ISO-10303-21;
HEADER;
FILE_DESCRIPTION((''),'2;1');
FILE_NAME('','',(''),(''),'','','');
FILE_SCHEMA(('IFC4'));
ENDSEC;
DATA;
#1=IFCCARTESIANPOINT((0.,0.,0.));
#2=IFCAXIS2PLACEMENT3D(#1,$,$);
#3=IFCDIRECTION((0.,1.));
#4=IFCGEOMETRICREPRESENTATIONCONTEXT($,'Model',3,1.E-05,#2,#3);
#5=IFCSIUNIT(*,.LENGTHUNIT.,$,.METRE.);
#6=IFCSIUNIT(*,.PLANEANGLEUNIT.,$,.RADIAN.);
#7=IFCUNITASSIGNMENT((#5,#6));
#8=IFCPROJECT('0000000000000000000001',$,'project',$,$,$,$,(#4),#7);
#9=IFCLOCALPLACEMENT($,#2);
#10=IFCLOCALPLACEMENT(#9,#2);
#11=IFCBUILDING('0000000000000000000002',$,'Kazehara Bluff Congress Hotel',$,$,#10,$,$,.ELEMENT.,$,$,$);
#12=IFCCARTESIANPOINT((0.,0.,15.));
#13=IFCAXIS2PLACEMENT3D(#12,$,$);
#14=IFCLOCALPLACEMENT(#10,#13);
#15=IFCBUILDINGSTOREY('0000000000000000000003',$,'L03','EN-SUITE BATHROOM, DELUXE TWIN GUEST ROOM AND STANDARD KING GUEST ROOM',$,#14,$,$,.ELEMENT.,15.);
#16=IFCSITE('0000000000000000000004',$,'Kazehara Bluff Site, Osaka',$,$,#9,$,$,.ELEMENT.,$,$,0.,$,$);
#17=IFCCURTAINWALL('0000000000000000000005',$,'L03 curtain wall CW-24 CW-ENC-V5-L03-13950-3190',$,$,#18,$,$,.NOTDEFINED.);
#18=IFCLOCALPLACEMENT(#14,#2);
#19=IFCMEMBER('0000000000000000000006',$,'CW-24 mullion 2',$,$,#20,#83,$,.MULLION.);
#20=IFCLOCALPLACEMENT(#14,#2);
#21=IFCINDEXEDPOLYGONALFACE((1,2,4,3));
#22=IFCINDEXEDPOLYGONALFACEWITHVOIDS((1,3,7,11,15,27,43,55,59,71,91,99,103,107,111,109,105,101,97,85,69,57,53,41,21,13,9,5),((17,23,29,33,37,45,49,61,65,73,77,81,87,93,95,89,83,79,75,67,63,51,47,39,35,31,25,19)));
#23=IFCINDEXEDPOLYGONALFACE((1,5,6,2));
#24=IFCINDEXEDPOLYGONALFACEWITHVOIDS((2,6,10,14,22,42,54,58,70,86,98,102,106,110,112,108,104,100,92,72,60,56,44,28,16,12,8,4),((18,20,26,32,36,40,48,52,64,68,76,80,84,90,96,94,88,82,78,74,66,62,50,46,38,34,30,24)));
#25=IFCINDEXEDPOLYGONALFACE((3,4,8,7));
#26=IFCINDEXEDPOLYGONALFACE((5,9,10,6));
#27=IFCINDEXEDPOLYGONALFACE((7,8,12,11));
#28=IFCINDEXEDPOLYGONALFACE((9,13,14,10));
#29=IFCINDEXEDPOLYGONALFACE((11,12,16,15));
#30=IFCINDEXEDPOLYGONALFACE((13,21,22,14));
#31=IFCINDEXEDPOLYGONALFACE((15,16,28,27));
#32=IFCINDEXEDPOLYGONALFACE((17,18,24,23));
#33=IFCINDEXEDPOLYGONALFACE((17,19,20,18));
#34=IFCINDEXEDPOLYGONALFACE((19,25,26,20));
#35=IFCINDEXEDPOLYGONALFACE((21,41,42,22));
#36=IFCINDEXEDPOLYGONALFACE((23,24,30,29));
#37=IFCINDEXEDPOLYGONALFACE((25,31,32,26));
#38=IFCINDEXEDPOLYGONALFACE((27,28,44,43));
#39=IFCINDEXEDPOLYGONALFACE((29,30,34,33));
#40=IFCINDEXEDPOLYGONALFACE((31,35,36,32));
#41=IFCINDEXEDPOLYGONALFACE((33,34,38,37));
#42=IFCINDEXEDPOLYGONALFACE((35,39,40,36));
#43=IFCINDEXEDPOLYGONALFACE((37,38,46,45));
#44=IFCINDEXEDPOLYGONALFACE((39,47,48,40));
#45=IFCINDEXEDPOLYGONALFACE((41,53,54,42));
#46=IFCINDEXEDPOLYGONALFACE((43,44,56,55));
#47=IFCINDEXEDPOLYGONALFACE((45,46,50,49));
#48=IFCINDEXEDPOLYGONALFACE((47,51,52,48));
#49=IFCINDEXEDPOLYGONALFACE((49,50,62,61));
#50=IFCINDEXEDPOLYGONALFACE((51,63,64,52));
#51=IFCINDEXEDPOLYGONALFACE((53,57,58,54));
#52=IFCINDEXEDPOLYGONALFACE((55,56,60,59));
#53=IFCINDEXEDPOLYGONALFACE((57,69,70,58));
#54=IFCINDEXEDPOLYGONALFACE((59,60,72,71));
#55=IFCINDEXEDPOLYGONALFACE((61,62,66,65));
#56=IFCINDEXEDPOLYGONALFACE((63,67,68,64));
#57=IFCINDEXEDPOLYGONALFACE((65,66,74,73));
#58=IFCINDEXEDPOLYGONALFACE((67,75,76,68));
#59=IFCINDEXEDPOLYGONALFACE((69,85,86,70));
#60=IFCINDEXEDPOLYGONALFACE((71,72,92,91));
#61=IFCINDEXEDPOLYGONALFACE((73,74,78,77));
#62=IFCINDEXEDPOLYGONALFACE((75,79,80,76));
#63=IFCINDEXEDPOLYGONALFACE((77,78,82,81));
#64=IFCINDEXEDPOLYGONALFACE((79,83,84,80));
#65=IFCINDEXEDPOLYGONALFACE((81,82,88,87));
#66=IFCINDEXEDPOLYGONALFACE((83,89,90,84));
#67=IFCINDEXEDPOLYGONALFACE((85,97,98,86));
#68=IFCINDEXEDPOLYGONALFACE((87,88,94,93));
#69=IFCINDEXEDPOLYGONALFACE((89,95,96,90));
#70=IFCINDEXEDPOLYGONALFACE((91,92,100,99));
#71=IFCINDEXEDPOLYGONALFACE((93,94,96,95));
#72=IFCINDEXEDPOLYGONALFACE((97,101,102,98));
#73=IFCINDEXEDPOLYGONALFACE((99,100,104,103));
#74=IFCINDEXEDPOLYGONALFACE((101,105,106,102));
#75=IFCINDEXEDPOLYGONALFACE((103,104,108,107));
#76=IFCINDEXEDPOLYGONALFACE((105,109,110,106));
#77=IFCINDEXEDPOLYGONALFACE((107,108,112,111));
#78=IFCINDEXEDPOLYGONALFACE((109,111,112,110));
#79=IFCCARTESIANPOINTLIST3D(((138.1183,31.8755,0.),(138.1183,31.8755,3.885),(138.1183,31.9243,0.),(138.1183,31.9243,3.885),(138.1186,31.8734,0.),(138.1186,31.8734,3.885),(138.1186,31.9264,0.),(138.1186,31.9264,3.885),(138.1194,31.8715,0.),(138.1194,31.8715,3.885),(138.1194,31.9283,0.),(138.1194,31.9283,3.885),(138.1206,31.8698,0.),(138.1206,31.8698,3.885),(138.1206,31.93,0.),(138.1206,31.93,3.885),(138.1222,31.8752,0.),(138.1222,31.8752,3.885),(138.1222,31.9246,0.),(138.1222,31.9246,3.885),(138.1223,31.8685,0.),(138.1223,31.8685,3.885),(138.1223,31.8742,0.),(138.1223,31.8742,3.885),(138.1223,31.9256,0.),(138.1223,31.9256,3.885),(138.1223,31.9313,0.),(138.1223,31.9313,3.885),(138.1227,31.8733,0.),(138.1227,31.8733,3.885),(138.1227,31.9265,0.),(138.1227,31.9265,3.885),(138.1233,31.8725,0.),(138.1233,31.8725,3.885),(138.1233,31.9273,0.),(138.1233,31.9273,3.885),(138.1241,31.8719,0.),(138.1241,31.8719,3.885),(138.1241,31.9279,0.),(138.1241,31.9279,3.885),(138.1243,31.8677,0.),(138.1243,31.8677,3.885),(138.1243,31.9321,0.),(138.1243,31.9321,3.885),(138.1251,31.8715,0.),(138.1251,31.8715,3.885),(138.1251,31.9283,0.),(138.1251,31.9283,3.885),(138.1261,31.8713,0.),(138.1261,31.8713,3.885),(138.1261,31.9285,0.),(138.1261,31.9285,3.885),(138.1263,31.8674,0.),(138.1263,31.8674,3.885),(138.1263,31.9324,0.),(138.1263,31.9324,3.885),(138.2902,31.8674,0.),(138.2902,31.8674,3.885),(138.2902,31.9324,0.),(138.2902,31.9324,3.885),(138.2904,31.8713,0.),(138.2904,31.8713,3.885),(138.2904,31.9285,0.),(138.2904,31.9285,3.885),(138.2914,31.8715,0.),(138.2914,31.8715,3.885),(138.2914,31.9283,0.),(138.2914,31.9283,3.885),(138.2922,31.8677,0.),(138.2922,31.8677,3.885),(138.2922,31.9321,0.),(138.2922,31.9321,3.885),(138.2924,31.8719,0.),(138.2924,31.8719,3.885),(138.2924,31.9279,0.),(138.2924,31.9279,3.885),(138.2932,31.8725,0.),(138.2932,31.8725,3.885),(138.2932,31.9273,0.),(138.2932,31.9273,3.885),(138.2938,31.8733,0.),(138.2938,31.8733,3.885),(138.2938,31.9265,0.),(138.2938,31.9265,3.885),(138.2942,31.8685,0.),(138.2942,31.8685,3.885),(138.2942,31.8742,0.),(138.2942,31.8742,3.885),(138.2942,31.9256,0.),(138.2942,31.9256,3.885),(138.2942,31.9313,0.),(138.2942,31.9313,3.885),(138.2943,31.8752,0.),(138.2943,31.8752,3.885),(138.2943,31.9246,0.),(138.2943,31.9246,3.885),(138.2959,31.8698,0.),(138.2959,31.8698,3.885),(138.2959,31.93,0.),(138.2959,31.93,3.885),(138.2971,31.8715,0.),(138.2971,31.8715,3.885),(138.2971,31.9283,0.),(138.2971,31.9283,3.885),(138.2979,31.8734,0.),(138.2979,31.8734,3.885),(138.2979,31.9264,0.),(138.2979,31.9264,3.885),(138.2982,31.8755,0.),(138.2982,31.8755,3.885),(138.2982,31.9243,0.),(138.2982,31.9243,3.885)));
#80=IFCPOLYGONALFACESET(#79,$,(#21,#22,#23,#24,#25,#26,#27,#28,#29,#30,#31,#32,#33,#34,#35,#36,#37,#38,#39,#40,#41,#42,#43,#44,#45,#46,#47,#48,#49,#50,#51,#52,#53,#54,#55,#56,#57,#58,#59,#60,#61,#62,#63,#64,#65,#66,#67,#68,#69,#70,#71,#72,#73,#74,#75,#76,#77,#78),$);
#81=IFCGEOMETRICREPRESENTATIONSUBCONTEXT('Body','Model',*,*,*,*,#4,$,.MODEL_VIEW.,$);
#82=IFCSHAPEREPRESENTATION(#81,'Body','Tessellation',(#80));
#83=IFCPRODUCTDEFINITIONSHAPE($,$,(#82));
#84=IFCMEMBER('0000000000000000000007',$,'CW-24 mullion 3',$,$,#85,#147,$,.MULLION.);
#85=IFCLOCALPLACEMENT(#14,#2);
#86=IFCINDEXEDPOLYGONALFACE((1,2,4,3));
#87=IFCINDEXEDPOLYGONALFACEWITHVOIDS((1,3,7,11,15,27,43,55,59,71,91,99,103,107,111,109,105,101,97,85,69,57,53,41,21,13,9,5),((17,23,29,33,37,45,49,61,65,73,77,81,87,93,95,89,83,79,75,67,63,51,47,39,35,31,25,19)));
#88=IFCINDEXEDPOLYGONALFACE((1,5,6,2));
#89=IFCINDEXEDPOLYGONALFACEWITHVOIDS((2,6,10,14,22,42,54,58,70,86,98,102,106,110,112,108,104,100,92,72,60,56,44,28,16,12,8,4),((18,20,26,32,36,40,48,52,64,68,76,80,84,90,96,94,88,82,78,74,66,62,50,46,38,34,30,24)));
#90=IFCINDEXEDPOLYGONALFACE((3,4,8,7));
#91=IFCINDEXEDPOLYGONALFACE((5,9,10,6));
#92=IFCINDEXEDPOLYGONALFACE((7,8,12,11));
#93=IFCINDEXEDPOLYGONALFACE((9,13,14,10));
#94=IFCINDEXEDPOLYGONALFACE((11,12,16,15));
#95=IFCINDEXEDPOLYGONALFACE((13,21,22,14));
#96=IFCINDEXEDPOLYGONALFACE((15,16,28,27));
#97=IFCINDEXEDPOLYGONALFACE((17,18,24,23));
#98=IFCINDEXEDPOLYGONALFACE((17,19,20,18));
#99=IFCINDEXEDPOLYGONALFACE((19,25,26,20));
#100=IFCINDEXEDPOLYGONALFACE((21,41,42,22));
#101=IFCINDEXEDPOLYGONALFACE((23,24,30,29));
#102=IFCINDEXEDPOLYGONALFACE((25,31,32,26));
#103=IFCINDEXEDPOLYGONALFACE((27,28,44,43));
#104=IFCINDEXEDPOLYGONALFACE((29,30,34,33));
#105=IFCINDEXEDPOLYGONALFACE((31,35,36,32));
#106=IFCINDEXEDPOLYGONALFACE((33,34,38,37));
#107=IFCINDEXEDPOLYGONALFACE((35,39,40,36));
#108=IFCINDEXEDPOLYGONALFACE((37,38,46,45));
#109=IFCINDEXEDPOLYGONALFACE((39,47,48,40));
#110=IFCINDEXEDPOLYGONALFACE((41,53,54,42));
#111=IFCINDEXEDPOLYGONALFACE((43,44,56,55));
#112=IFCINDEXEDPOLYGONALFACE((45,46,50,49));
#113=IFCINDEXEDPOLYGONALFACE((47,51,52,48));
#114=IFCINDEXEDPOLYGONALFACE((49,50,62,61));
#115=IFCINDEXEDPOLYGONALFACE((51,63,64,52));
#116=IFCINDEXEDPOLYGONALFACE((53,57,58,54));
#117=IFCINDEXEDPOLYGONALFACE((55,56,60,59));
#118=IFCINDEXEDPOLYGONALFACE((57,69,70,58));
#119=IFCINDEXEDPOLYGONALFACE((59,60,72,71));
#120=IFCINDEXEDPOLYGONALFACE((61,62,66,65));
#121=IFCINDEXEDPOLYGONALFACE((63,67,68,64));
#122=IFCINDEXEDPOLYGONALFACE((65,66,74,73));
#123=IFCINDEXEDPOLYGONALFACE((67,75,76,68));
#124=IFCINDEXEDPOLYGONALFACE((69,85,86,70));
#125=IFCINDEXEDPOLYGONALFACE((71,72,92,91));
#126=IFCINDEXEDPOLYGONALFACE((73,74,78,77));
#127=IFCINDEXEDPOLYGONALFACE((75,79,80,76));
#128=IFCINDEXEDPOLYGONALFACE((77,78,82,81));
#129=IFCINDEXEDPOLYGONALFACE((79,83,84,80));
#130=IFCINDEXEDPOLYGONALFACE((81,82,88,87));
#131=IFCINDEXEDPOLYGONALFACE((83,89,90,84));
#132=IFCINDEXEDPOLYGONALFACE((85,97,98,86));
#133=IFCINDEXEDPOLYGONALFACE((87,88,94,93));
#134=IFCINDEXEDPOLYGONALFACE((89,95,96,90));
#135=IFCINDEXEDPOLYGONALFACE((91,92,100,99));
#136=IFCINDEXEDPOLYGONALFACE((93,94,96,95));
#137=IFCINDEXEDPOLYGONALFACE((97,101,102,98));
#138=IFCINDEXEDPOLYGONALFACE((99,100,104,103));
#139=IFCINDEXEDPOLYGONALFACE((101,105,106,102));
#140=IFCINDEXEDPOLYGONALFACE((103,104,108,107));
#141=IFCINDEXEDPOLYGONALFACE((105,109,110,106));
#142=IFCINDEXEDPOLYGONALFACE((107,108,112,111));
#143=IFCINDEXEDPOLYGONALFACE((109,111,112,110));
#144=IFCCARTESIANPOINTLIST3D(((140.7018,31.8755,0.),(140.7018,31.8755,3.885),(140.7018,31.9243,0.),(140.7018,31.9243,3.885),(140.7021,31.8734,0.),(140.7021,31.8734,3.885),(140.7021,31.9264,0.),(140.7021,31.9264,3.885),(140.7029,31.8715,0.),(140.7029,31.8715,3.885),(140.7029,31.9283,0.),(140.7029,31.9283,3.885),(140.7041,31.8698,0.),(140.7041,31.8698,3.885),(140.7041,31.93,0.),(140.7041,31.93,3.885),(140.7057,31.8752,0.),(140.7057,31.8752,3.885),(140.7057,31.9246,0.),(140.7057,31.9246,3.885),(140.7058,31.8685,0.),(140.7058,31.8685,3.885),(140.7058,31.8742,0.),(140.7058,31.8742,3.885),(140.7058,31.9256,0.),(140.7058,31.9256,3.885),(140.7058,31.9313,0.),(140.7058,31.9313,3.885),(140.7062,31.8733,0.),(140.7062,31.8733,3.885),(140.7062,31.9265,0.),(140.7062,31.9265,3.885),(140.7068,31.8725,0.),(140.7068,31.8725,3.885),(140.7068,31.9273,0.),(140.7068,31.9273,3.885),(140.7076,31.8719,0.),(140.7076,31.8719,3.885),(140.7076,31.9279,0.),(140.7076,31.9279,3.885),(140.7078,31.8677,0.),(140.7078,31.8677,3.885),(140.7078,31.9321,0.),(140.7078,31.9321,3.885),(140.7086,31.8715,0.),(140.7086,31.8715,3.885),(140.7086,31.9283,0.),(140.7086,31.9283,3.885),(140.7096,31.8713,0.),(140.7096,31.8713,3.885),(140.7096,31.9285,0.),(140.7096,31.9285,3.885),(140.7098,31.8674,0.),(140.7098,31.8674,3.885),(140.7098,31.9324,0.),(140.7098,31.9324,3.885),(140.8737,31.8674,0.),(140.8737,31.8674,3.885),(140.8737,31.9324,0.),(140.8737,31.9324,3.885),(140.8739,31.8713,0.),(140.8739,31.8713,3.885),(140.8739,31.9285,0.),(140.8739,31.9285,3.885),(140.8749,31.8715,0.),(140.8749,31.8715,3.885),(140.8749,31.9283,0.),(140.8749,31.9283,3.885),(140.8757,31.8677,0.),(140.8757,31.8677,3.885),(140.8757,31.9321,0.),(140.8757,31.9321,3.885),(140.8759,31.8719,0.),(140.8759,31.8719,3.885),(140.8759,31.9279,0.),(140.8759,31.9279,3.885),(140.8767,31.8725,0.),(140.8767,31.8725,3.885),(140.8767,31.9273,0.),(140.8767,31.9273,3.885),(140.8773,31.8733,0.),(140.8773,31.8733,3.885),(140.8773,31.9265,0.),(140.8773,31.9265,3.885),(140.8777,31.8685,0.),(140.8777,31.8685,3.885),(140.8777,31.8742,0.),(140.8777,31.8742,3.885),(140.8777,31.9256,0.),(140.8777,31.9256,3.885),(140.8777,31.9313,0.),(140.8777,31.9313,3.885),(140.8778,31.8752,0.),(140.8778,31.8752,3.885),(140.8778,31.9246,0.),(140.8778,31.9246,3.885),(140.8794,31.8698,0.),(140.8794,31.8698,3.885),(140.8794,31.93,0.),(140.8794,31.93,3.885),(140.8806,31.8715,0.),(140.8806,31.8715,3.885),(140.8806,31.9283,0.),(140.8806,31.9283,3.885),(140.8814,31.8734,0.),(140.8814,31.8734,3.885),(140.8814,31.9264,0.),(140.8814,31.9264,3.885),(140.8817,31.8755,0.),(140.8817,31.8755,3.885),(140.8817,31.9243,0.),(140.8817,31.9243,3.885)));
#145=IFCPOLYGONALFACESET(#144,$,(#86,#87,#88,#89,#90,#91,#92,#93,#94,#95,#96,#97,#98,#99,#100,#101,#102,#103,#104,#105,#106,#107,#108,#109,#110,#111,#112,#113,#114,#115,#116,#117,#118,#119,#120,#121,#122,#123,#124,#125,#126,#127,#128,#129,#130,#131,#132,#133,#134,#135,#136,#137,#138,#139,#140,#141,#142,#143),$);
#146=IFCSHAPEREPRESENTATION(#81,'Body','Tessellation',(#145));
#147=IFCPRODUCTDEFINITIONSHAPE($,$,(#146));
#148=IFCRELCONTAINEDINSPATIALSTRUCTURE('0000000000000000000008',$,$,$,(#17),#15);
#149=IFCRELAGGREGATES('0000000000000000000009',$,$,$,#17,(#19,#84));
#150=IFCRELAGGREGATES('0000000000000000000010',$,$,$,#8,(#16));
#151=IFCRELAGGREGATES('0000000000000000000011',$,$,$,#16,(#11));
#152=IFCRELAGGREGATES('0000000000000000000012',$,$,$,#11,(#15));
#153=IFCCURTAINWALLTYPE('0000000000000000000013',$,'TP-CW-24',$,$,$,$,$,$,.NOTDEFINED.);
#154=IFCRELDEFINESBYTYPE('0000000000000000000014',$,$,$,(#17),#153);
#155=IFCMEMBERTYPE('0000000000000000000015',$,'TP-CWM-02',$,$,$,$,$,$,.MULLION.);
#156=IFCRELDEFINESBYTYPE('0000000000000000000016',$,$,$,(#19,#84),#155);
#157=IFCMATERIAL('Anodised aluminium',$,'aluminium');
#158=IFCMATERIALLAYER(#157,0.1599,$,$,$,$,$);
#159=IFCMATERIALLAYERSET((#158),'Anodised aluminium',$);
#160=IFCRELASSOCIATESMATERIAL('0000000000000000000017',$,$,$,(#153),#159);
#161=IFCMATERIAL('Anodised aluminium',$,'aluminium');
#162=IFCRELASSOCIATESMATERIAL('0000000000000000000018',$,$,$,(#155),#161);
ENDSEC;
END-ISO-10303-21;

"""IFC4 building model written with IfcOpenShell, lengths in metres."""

from ifc_helpers import new_model, si_unit, direction, frame, origin, origin_2d, place, context, subcontext, project, spatial, hollow_rectangle, extrude, material, layer, layer_set, material_profile, profile_set, type_object, element, aggregate, save


model = new_model("IFC4")

# Units and contexts
model_context = context("Model", 3, precision=1e-05, world=origin(), true_north=direction((0.0, 1.0)))
body_context = subcontext(model_context, "Body", "Model", "MODEL_VIEW")
ifc_project = project(units=[si_unit("LENGTHUNIT", "METRE"), si_unit("PLANEANGLEUNIT", "RADIAN")], contexts=[model_context])

# Site, building, storey
site_placement = place(None, origin())
site = spatial("IfcSite", under=ifc_project, at=site_placement, Name="Kazehara Bluff Site, Osaka", CompositionType="ELEMENT", RefElevation=0.0)
building_placement = place(site_placement, origin())
building = spatial("IfcBuilding", under=site, at=building_placement, Name="Kazehara Bluff Congress Hotel", CompositionType="ELEMENT")
storey_placement = place(building_placement, frame((0.0, 0.0, 15.0)))
storey = spatial("IfcBuildingStorey", under=building, at=storey_placement, Name="L03", Description="EN-SUITE BATHROOM, DELUXE TWIN GUEST ROOM AND STANDARD KING GUEST ROOM", CompositionType="ELEMENT", Elevation=15.0)

# Shared definitions
ifc_material_1 = material(Name="Anodised aluminium", Category="aluminium")
ifc_layer_1 = layer(ifc_material_1, 0.1599)
ifc_layer_set_1 = layer_set([ifc_layer_1], Name="Anodised aluminium")
curtain_wall_type = type_object("IfcCurtainWallType", Name="TP-CW-24", PredefinedType="NOTDEFINED", material=ifc_layer_set_1)
ifc_material_2 = material(Name="Anodised aluminium", Category="aluminium")
ifc_material_profile_1 = material_profile(ifc_material_2, hollow_rectangle(XDim=0.0649, YDim=0.1799, WallThickness=0.0039, InnerFilletRadius=0.0039, OuterFilletRadius=0.0081, at=origin_2d()))
ifc_profile_set_1 = profile_set([ifc_material_profile_1], Name="Anodised aluminium")
member_type_1 = type_object("IfcMemberType", Name="TP-CWM-02", PredefinedType="MULLION", material=ifc_profile_set_1)

# Curtain wall, members
curtain_wall_1_placement = place(storey_placement, origin())
curtain_wall_1 = element("IfcCurtainWall", 1, at=curtain_wall_1_placement, inside=storey, type_object=curtain_wall_type, Name="L03 curtain wall CW-24 CW-ENC-V5-L03-13950-3190", PredefinedType="NOTDEFINED")
member_1_placement = place(storey_placement, frame((138.2083, 31.8999, 0.0), z_axis=(0.0, 0.0, 1.0), x_axis=(0.0, 1.0, 0.0)))
member_1 = element("IfcMember", 2, at=member_1_placement, type_object=member_type_1, Name="CW-24 mullion 2", PredefinedType="MULLION", context=body_context, shape_type="SweptSolid", body=[
    extrude(hollow_rectangle(XDim=0.0649, YDim=0.1799, WallThickness=0.0039, InnerFilletRadius=0.0039, OuterFilletRadius=0.0081, at=origin_2d()), origin(), (0.0, 0.0, 1.0), 3.885),
])
member_2_placement = place(storey_placement, frame((140.7917, 31.8999, 0.0), z_axis=(0.0, 0.0, 1.0), x_axis=(0.0, 1.0, 0.0)))
member_2 = element("IfcMember", 3, at=member_2_placement, type_object=member_type_1, Name="CW-24 mullion 3", PredefinedType="MULLION", context=body_context, shape_type="SweptSolid", body=[
    extrude(hollow_rectangle(XDim=0.0649, YDim=0.1799, WallThickness=0.0039, InnerFilletRadius=0.0039, OuterFilletRadius=0.0081, at=origin_2d()), origin(), (0.0, 0.0, 1.0), 3.885),
])

aggregate(curtain_wall_1, [member_1, member_2])

save(model, "model.ifc")
